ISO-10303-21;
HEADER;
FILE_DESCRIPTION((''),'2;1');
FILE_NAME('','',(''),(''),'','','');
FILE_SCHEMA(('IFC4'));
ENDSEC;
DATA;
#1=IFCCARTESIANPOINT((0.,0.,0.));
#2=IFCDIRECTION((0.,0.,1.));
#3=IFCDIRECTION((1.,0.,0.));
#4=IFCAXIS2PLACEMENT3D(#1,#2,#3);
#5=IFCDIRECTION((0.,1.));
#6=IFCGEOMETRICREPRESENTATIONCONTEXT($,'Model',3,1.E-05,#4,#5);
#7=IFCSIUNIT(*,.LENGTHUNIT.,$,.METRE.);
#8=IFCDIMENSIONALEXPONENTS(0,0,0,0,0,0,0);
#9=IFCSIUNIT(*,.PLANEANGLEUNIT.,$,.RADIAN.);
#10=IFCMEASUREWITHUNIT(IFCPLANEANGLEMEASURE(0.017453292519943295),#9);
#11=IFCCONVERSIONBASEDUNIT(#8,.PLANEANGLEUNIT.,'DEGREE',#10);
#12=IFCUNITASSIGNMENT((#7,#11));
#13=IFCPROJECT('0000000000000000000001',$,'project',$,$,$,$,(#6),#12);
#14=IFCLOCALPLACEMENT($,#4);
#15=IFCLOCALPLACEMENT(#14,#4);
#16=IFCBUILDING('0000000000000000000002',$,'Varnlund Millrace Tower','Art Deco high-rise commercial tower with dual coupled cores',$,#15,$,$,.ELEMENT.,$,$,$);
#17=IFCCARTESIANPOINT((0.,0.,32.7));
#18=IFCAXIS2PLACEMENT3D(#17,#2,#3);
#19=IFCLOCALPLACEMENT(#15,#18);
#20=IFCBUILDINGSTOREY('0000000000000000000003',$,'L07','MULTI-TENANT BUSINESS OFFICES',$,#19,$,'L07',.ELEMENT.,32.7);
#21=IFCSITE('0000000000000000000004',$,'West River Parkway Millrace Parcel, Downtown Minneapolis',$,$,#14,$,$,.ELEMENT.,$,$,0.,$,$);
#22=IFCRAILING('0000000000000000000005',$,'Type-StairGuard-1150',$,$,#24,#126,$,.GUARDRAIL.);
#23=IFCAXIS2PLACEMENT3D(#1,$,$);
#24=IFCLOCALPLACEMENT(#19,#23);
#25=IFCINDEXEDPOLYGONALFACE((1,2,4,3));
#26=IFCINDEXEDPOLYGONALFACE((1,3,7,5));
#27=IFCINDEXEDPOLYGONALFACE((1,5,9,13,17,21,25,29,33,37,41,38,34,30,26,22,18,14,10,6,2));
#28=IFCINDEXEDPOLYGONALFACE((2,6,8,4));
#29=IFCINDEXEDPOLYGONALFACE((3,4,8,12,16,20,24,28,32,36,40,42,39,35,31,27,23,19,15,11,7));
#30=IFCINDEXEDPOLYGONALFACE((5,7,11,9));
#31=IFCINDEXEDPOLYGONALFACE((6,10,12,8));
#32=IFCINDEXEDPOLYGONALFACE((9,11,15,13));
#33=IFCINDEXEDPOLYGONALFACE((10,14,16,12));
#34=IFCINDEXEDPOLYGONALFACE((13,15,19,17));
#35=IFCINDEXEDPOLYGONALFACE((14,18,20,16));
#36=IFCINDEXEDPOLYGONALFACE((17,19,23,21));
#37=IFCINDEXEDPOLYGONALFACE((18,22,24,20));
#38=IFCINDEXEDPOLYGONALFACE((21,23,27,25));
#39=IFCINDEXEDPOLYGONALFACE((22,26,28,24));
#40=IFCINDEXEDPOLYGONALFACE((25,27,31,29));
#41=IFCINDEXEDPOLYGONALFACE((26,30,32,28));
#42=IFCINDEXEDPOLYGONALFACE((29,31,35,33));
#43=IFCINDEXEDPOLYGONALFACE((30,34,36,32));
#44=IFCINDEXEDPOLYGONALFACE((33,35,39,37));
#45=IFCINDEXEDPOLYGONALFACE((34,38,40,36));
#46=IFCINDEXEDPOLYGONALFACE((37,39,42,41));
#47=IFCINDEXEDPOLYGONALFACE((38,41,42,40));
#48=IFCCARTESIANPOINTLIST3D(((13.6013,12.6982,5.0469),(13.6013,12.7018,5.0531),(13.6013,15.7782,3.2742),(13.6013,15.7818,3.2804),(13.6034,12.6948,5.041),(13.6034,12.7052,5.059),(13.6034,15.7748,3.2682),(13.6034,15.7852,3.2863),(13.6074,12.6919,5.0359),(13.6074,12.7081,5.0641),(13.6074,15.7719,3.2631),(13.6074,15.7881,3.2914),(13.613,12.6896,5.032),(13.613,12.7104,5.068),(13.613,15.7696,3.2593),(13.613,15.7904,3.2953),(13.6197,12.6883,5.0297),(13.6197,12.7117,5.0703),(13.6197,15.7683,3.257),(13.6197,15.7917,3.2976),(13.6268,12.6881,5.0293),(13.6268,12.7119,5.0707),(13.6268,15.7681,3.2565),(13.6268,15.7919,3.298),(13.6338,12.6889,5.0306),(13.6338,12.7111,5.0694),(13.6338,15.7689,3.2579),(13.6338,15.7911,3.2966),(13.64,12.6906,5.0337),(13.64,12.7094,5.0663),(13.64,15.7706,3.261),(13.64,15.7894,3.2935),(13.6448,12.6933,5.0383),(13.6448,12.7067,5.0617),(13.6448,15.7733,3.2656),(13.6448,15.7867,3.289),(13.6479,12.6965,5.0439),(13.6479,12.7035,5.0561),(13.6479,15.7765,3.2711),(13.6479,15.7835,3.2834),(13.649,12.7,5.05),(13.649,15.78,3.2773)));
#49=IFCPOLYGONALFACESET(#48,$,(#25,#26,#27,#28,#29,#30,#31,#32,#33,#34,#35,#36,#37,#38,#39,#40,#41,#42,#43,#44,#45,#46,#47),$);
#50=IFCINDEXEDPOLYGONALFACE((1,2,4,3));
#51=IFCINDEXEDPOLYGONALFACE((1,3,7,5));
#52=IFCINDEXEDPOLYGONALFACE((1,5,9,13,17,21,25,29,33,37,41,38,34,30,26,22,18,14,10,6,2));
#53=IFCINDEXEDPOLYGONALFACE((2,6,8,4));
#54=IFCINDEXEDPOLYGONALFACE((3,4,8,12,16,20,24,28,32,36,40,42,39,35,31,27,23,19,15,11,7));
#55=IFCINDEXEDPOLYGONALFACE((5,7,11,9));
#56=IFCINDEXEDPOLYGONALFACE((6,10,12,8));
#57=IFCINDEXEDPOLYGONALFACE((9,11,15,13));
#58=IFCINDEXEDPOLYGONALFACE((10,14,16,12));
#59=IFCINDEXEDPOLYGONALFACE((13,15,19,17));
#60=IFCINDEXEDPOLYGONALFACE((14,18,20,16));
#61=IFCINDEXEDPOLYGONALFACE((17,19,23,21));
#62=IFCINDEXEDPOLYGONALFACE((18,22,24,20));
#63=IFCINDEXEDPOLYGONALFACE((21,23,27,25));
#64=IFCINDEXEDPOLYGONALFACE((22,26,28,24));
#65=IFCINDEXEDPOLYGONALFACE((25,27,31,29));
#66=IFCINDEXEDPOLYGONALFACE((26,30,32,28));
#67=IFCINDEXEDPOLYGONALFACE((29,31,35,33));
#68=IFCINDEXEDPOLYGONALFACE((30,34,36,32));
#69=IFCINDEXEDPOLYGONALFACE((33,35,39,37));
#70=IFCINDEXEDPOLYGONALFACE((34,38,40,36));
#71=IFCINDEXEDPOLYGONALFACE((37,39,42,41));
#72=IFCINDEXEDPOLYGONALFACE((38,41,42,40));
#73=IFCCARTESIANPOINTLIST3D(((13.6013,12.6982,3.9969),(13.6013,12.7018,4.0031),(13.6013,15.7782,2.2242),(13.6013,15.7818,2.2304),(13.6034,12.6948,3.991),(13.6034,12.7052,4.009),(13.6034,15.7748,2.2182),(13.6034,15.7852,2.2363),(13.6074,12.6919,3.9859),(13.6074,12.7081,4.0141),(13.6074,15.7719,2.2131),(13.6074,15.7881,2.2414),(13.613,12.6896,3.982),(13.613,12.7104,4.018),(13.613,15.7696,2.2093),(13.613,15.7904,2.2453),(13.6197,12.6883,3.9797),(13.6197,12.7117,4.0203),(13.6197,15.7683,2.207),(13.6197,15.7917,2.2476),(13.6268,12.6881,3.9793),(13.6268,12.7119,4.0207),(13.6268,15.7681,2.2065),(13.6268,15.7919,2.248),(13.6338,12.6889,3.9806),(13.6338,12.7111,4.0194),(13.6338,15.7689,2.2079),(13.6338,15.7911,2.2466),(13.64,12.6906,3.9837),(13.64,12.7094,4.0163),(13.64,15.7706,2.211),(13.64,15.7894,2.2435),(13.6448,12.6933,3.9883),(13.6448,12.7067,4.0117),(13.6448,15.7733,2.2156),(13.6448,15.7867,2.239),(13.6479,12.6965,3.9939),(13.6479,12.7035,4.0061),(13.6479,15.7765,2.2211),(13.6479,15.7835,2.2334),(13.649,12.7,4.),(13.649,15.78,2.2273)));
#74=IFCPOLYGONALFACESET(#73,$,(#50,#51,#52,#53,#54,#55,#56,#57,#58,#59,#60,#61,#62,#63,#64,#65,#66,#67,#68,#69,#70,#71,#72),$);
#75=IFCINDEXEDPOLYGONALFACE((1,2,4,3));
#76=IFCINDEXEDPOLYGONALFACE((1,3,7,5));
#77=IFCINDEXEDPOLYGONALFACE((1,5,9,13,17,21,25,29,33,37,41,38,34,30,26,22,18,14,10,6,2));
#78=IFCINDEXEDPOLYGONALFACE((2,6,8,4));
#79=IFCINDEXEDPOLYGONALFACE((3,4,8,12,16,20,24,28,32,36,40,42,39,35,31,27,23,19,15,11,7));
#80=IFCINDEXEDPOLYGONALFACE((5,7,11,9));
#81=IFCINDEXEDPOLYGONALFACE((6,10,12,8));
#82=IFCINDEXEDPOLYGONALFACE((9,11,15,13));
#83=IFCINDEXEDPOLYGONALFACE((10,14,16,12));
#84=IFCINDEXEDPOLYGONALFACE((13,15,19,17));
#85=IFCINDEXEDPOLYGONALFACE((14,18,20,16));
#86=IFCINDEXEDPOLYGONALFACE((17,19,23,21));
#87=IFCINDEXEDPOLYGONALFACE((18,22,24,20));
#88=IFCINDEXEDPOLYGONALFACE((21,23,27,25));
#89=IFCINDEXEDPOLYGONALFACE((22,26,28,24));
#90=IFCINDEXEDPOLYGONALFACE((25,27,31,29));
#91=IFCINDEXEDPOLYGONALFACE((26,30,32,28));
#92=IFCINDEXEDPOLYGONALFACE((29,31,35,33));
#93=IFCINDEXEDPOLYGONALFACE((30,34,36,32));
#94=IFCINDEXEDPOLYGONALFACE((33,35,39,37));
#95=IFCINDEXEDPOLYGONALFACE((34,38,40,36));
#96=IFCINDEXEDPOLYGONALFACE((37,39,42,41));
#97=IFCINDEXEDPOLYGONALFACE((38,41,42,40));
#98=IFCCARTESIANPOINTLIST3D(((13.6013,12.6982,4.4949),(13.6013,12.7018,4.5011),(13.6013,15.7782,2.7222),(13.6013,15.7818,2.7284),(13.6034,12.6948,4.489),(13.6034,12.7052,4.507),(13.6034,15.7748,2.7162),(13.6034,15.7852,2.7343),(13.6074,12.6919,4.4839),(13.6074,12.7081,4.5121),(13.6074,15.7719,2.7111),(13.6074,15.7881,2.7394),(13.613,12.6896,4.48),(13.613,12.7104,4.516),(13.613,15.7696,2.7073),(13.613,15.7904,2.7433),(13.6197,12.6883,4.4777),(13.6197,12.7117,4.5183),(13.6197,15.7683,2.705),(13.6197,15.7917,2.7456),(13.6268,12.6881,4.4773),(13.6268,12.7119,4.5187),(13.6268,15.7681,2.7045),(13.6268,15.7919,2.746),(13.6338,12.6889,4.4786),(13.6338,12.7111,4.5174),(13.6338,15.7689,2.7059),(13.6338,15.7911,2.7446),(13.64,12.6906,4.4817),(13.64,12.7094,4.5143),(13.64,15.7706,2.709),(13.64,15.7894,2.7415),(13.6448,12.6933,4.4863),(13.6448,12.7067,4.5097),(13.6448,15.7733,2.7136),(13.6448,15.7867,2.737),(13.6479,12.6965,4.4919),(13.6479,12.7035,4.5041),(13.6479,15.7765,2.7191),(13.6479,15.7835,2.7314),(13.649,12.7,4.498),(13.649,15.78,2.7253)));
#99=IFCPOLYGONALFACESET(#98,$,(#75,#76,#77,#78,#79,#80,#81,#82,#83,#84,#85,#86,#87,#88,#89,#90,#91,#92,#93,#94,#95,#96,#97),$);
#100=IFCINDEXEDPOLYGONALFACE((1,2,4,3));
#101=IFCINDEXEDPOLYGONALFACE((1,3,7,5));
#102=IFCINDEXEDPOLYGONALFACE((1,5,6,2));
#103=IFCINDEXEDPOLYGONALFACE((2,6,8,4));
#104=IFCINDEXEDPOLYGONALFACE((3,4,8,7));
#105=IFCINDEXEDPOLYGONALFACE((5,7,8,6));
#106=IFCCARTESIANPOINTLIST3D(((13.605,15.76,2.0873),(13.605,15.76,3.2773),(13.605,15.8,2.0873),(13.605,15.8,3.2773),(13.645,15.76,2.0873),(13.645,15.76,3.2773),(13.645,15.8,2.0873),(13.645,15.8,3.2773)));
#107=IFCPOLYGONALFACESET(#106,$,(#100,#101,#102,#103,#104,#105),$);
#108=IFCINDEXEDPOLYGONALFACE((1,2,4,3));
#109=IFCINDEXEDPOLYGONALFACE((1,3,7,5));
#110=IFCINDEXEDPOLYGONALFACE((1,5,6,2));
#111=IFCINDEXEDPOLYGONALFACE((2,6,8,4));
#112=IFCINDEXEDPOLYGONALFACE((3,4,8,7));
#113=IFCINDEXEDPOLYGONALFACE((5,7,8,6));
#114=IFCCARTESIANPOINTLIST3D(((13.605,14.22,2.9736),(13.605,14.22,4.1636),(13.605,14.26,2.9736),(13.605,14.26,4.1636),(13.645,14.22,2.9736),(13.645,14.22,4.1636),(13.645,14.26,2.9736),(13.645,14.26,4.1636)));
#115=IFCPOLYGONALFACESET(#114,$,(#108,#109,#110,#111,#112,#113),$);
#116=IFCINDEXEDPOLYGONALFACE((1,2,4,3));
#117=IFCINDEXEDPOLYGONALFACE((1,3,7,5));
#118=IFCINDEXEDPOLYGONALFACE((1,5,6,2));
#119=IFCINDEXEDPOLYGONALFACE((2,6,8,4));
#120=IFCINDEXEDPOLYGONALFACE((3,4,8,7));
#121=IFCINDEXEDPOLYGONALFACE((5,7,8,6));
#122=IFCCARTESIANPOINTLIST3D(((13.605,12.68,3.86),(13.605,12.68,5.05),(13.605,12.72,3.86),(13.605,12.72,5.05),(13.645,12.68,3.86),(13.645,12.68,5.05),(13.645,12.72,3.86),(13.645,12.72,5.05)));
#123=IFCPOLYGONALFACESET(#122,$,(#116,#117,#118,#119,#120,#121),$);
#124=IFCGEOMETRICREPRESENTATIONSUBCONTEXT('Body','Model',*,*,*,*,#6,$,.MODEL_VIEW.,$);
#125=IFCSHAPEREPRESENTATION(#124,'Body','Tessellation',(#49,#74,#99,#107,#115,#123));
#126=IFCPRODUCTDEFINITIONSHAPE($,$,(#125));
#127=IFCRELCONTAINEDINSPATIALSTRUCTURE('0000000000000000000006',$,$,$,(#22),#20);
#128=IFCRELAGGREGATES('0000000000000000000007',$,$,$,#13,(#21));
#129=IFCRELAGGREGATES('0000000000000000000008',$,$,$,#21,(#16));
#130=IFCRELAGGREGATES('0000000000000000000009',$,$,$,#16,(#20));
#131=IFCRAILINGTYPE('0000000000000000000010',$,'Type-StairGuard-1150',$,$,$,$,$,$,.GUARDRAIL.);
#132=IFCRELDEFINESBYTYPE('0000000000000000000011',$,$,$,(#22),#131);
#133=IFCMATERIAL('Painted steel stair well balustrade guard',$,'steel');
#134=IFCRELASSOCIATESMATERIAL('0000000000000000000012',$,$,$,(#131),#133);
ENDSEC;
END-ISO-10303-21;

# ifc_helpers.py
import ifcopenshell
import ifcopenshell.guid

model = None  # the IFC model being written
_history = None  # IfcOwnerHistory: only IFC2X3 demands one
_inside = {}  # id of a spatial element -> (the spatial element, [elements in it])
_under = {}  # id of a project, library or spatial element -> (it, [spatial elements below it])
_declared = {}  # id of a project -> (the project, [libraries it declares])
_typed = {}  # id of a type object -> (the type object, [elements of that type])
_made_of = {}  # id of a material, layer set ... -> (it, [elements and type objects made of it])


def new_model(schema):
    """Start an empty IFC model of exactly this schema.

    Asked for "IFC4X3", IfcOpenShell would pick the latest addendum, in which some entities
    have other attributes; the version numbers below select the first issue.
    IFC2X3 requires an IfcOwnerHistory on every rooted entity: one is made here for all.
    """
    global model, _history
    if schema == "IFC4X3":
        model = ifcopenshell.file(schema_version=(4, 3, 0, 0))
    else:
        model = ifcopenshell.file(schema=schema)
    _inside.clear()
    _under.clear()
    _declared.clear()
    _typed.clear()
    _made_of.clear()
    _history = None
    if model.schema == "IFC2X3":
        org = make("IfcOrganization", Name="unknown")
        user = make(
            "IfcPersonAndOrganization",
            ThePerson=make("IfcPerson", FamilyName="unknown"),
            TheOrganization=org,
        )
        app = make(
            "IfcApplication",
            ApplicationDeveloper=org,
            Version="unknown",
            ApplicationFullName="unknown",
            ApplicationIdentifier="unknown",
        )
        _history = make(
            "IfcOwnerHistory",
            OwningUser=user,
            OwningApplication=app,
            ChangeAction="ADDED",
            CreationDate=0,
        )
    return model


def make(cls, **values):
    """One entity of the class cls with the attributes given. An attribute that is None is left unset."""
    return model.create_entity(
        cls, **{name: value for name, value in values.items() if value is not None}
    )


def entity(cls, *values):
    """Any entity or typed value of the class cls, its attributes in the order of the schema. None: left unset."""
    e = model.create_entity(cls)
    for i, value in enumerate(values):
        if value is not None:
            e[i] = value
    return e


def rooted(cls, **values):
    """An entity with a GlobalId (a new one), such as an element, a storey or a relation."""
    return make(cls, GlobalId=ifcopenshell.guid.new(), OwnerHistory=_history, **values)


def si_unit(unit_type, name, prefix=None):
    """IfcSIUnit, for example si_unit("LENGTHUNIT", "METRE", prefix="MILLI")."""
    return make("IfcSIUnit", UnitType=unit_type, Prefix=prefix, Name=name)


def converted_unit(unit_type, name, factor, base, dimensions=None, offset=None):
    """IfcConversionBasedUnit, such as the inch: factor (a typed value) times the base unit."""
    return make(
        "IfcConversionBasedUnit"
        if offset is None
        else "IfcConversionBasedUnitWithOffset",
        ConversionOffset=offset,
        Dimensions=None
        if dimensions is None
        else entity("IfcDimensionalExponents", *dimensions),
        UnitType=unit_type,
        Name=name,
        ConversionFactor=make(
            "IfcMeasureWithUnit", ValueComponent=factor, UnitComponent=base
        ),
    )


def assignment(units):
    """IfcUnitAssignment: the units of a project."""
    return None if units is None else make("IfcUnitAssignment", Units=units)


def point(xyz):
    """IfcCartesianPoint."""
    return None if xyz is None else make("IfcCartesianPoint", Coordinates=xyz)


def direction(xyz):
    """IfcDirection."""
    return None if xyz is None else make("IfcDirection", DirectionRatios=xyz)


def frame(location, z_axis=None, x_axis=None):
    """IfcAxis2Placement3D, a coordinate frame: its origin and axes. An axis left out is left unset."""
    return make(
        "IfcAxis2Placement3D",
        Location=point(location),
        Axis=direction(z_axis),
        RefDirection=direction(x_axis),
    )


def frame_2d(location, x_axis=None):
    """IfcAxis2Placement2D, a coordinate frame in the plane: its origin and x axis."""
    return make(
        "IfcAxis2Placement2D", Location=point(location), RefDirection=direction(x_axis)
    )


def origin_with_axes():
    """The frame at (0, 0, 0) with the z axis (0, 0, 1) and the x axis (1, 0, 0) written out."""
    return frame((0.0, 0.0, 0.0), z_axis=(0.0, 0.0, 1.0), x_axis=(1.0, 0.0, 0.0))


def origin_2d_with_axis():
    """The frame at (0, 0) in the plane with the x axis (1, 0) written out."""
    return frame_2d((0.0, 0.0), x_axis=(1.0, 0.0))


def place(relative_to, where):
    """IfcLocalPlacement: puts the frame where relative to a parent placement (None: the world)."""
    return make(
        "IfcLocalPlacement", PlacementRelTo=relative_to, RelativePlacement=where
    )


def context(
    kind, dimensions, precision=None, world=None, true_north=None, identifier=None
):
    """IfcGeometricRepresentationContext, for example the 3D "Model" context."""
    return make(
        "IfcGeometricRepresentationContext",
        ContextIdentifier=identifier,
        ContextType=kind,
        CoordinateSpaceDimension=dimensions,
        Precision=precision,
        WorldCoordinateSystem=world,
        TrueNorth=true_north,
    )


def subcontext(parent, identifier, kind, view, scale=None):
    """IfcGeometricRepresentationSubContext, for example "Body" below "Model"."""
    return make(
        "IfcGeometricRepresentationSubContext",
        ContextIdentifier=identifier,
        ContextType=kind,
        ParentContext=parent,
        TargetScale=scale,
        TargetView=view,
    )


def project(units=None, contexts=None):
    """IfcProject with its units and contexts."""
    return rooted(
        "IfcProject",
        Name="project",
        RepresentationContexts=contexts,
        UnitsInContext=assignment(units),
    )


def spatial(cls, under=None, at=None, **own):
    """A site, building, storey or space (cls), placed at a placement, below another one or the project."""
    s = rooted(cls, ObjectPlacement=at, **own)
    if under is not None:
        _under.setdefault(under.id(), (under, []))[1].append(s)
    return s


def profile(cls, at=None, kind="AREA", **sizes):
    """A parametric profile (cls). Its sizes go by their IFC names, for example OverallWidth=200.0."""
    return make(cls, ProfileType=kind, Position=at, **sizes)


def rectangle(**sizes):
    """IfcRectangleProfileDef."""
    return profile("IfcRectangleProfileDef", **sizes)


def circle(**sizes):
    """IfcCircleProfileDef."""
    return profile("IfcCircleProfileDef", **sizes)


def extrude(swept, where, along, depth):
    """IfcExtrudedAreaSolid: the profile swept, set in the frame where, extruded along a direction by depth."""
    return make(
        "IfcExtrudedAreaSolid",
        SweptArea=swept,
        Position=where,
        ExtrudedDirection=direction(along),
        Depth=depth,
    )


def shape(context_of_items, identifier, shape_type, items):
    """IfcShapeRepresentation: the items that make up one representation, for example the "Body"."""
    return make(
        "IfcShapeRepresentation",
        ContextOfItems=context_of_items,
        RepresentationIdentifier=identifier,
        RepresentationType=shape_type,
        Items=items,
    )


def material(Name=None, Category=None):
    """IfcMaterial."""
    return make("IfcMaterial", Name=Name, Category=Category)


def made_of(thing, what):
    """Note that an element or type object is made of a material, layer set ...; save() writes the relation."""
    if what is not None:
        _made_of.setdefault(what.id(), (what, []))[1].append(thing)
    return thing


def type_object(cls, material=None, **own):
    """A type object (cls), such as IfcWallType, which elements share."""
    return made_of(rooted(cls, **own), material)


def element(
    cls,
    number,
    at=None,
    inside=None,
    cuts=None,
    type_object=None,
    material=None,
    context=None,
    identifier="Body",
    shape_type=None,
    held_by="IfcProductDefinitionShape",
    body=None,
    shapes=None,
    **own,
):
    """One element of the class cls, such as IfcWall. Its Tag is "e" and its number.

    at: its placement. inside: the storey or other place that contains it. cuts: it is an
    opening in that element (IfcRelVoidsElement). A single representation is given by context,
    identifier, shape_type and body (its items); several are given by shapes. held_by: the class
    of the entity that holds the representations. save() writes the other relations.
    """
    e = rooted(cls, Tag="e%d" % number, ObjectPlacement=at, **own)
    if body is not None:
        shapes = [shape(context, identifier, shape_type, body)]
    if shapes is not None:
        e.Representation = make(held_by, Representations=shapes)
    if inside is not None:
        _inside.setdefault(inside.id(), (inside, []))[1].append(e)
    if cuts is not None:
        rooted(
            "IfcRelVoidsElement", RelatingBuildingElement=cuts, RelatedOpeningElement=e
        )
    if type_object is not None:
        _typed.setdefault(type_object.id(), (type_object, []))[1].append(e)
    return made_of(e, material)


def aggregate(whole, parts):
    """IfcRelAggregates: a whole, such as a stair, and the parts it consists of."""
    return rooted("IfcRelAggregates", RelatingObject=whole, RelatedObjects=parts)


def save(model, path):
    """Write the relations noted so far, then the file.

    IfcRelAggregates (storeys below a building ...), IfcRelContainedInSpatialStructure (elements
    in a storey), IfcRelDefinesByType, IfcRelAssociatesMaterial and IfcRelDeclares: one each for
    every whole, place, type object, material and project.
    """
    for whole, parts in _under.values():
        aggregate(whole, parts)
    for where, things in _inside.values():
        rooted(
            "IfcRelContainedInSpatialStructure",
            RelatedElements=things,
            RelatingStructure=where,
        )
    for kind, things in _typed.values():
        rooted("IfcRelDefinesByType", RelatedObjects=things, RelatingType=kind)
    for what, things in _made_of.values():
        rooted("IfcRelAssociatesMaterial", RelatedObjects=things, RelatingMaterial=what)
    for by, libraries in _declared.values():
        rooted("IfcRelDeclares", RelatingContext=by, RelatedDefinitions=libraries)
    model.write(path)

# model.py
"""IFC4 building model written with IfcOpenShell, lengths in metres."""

from ifc_helpers import new_model, entity, si_unit, converted_unit, direction, frame, origin_with_axes, origin_2d_with_axis, place, context, subcontext, project, spatial, rectangle, circle, extrude, material, type_object, element, save


model = new_model("IFC4")

# Units and contexts
model_context = context("Model", 3, precision=1e-05, world=origin_with_axes(), true_north=direction((0.0, 1.0)))
body_context = subcontext(model_context, "Body", "Model", "MODEL_VIEW")
ifc_project = project(units=[si_unit("LENGTHUNIT", "METRE"), converted_unit("PLANEANGLEUNIT", "DEGREE", entity("IfcPlaneAngleMeasure", 0.017453292519943295), si_unit("PLANEANGLEUNIT", "RADIAN"), dimensions=[0, 0, 0, 0, 0, 0, 0])], contexts=[model_context])

# Site, building, storey
site_placement = place(None, origin_with_axes())
site = spatial("IfcSite", under=ifc_project, at=site_placement, Name="West River Parkway Millrace Parcel, Downtown Minneapolis", CompositionType="ELEMENT", RefElevation=0.0)
building_placement = place(site_placement, origin_with_axes())
building = spatial("IfcBuilding", under=site, at=building_placement, Name="Varnlund Millrace Tower", Description="Art Deco high-rise commercial tower with dual coupled cores", CompositionType="ELEMENT")
storey_placement = place(building_placement, frame((0.0, 0.0, 32.7), z_axis=(0.0, 0.0, 1.0), x_axis=(1.0, 0.0, 0.0)))
storey = spatial("IfcBuildingStorey", under=building, at=storey_placement, Name="L07", Description="MULTI-TENANT BUSINESS OFFICES", LongName="L07", CompositionType="ELEMENT", Elevation=32.7)

# Railing
ifc_material_1 = material(Name="Painted steel stair well balustrade guard", Category="steel")
railing_type_1 = type_object("IfcRailingType", Name="Type-StairGuard-1150", PredefinedType="GUARDRAIL", material=ifc_material_1)
railing_1_placement = place(storey_placement, frame((0.0, 0.0, -32.7), z_axis=(0.0, 0.0, 1.0), x_axis=(1.0, 0.0, 0.0)))
element("IfcRailing", 1, at=railing_1_placement, inside=storey, type_object=railing_type_1, Name="Type-StairGuard-1150", PredefinedType="GUARDRAIL", context=body_context, shape_type="SweptSolid", body=[
    extrude(circle(Radius=0.024, at=origin_2d_with_axis()), frame((13.625, 15.78, 35.9773), z_axis=(0.0, -0.866696, 0.498836), x_axis=(1.0, 0.0, 0.0)), (0.0, 0.0, 1.0), 3.5537),
    extrude(circle(Radius=0.024, at=origin_2d_with_axis()), frame((13.625, 15.78, 34.9273), z_axis=(0.0, -0.866696, 0.498836), x_axis=(1.0, 0.0, 0.0)), (0.0, 0.0, 1.0), 3.5537),
    extrude(circle(Radius=0.024, at=origin_2d_with_axis()), frame((13.625, 15.78, 35.4253), z_axis=(0.0, -0.866696, 0.498836), x_axis=(1.0, 0.0, 0.0)), (0.0, 0.0, 1.0), 3.5537),
    extrude(rectangle(XDim=0.04, YDim=0.04, at=origin_2d_with_axis()), frame((13.625, 15.78, 34.7873), z_axis=(0.0, 0.0, 1.0), x_axis=(1.0, 0.0, 0.0)), (0.0, 0.0, 1.0), 1.19),
    extrude(rectangle(XDim=0.04, YDim=0.04, at=origin_2d_with_axis()), frame((13.625, 14.24, 35.6736), z_axis=(0.0, 0.0, 1.0), x_axis=(1.0, 0.0, 0.0)), (0.0, 0.0, 1.0), 1.19),
    extrude(rectangle(XDim=0.04, YDim=0.04, at=origin_2d_with_axis()), frame((13.625, 12.7, 36.56), z_axis=(0.0, 0.0, 1.0), x_axis=(1.0, 0.0, 0.0)), (0.0, 0.0, 1.0), 1.19),
])

save(model, "model.ifc")
